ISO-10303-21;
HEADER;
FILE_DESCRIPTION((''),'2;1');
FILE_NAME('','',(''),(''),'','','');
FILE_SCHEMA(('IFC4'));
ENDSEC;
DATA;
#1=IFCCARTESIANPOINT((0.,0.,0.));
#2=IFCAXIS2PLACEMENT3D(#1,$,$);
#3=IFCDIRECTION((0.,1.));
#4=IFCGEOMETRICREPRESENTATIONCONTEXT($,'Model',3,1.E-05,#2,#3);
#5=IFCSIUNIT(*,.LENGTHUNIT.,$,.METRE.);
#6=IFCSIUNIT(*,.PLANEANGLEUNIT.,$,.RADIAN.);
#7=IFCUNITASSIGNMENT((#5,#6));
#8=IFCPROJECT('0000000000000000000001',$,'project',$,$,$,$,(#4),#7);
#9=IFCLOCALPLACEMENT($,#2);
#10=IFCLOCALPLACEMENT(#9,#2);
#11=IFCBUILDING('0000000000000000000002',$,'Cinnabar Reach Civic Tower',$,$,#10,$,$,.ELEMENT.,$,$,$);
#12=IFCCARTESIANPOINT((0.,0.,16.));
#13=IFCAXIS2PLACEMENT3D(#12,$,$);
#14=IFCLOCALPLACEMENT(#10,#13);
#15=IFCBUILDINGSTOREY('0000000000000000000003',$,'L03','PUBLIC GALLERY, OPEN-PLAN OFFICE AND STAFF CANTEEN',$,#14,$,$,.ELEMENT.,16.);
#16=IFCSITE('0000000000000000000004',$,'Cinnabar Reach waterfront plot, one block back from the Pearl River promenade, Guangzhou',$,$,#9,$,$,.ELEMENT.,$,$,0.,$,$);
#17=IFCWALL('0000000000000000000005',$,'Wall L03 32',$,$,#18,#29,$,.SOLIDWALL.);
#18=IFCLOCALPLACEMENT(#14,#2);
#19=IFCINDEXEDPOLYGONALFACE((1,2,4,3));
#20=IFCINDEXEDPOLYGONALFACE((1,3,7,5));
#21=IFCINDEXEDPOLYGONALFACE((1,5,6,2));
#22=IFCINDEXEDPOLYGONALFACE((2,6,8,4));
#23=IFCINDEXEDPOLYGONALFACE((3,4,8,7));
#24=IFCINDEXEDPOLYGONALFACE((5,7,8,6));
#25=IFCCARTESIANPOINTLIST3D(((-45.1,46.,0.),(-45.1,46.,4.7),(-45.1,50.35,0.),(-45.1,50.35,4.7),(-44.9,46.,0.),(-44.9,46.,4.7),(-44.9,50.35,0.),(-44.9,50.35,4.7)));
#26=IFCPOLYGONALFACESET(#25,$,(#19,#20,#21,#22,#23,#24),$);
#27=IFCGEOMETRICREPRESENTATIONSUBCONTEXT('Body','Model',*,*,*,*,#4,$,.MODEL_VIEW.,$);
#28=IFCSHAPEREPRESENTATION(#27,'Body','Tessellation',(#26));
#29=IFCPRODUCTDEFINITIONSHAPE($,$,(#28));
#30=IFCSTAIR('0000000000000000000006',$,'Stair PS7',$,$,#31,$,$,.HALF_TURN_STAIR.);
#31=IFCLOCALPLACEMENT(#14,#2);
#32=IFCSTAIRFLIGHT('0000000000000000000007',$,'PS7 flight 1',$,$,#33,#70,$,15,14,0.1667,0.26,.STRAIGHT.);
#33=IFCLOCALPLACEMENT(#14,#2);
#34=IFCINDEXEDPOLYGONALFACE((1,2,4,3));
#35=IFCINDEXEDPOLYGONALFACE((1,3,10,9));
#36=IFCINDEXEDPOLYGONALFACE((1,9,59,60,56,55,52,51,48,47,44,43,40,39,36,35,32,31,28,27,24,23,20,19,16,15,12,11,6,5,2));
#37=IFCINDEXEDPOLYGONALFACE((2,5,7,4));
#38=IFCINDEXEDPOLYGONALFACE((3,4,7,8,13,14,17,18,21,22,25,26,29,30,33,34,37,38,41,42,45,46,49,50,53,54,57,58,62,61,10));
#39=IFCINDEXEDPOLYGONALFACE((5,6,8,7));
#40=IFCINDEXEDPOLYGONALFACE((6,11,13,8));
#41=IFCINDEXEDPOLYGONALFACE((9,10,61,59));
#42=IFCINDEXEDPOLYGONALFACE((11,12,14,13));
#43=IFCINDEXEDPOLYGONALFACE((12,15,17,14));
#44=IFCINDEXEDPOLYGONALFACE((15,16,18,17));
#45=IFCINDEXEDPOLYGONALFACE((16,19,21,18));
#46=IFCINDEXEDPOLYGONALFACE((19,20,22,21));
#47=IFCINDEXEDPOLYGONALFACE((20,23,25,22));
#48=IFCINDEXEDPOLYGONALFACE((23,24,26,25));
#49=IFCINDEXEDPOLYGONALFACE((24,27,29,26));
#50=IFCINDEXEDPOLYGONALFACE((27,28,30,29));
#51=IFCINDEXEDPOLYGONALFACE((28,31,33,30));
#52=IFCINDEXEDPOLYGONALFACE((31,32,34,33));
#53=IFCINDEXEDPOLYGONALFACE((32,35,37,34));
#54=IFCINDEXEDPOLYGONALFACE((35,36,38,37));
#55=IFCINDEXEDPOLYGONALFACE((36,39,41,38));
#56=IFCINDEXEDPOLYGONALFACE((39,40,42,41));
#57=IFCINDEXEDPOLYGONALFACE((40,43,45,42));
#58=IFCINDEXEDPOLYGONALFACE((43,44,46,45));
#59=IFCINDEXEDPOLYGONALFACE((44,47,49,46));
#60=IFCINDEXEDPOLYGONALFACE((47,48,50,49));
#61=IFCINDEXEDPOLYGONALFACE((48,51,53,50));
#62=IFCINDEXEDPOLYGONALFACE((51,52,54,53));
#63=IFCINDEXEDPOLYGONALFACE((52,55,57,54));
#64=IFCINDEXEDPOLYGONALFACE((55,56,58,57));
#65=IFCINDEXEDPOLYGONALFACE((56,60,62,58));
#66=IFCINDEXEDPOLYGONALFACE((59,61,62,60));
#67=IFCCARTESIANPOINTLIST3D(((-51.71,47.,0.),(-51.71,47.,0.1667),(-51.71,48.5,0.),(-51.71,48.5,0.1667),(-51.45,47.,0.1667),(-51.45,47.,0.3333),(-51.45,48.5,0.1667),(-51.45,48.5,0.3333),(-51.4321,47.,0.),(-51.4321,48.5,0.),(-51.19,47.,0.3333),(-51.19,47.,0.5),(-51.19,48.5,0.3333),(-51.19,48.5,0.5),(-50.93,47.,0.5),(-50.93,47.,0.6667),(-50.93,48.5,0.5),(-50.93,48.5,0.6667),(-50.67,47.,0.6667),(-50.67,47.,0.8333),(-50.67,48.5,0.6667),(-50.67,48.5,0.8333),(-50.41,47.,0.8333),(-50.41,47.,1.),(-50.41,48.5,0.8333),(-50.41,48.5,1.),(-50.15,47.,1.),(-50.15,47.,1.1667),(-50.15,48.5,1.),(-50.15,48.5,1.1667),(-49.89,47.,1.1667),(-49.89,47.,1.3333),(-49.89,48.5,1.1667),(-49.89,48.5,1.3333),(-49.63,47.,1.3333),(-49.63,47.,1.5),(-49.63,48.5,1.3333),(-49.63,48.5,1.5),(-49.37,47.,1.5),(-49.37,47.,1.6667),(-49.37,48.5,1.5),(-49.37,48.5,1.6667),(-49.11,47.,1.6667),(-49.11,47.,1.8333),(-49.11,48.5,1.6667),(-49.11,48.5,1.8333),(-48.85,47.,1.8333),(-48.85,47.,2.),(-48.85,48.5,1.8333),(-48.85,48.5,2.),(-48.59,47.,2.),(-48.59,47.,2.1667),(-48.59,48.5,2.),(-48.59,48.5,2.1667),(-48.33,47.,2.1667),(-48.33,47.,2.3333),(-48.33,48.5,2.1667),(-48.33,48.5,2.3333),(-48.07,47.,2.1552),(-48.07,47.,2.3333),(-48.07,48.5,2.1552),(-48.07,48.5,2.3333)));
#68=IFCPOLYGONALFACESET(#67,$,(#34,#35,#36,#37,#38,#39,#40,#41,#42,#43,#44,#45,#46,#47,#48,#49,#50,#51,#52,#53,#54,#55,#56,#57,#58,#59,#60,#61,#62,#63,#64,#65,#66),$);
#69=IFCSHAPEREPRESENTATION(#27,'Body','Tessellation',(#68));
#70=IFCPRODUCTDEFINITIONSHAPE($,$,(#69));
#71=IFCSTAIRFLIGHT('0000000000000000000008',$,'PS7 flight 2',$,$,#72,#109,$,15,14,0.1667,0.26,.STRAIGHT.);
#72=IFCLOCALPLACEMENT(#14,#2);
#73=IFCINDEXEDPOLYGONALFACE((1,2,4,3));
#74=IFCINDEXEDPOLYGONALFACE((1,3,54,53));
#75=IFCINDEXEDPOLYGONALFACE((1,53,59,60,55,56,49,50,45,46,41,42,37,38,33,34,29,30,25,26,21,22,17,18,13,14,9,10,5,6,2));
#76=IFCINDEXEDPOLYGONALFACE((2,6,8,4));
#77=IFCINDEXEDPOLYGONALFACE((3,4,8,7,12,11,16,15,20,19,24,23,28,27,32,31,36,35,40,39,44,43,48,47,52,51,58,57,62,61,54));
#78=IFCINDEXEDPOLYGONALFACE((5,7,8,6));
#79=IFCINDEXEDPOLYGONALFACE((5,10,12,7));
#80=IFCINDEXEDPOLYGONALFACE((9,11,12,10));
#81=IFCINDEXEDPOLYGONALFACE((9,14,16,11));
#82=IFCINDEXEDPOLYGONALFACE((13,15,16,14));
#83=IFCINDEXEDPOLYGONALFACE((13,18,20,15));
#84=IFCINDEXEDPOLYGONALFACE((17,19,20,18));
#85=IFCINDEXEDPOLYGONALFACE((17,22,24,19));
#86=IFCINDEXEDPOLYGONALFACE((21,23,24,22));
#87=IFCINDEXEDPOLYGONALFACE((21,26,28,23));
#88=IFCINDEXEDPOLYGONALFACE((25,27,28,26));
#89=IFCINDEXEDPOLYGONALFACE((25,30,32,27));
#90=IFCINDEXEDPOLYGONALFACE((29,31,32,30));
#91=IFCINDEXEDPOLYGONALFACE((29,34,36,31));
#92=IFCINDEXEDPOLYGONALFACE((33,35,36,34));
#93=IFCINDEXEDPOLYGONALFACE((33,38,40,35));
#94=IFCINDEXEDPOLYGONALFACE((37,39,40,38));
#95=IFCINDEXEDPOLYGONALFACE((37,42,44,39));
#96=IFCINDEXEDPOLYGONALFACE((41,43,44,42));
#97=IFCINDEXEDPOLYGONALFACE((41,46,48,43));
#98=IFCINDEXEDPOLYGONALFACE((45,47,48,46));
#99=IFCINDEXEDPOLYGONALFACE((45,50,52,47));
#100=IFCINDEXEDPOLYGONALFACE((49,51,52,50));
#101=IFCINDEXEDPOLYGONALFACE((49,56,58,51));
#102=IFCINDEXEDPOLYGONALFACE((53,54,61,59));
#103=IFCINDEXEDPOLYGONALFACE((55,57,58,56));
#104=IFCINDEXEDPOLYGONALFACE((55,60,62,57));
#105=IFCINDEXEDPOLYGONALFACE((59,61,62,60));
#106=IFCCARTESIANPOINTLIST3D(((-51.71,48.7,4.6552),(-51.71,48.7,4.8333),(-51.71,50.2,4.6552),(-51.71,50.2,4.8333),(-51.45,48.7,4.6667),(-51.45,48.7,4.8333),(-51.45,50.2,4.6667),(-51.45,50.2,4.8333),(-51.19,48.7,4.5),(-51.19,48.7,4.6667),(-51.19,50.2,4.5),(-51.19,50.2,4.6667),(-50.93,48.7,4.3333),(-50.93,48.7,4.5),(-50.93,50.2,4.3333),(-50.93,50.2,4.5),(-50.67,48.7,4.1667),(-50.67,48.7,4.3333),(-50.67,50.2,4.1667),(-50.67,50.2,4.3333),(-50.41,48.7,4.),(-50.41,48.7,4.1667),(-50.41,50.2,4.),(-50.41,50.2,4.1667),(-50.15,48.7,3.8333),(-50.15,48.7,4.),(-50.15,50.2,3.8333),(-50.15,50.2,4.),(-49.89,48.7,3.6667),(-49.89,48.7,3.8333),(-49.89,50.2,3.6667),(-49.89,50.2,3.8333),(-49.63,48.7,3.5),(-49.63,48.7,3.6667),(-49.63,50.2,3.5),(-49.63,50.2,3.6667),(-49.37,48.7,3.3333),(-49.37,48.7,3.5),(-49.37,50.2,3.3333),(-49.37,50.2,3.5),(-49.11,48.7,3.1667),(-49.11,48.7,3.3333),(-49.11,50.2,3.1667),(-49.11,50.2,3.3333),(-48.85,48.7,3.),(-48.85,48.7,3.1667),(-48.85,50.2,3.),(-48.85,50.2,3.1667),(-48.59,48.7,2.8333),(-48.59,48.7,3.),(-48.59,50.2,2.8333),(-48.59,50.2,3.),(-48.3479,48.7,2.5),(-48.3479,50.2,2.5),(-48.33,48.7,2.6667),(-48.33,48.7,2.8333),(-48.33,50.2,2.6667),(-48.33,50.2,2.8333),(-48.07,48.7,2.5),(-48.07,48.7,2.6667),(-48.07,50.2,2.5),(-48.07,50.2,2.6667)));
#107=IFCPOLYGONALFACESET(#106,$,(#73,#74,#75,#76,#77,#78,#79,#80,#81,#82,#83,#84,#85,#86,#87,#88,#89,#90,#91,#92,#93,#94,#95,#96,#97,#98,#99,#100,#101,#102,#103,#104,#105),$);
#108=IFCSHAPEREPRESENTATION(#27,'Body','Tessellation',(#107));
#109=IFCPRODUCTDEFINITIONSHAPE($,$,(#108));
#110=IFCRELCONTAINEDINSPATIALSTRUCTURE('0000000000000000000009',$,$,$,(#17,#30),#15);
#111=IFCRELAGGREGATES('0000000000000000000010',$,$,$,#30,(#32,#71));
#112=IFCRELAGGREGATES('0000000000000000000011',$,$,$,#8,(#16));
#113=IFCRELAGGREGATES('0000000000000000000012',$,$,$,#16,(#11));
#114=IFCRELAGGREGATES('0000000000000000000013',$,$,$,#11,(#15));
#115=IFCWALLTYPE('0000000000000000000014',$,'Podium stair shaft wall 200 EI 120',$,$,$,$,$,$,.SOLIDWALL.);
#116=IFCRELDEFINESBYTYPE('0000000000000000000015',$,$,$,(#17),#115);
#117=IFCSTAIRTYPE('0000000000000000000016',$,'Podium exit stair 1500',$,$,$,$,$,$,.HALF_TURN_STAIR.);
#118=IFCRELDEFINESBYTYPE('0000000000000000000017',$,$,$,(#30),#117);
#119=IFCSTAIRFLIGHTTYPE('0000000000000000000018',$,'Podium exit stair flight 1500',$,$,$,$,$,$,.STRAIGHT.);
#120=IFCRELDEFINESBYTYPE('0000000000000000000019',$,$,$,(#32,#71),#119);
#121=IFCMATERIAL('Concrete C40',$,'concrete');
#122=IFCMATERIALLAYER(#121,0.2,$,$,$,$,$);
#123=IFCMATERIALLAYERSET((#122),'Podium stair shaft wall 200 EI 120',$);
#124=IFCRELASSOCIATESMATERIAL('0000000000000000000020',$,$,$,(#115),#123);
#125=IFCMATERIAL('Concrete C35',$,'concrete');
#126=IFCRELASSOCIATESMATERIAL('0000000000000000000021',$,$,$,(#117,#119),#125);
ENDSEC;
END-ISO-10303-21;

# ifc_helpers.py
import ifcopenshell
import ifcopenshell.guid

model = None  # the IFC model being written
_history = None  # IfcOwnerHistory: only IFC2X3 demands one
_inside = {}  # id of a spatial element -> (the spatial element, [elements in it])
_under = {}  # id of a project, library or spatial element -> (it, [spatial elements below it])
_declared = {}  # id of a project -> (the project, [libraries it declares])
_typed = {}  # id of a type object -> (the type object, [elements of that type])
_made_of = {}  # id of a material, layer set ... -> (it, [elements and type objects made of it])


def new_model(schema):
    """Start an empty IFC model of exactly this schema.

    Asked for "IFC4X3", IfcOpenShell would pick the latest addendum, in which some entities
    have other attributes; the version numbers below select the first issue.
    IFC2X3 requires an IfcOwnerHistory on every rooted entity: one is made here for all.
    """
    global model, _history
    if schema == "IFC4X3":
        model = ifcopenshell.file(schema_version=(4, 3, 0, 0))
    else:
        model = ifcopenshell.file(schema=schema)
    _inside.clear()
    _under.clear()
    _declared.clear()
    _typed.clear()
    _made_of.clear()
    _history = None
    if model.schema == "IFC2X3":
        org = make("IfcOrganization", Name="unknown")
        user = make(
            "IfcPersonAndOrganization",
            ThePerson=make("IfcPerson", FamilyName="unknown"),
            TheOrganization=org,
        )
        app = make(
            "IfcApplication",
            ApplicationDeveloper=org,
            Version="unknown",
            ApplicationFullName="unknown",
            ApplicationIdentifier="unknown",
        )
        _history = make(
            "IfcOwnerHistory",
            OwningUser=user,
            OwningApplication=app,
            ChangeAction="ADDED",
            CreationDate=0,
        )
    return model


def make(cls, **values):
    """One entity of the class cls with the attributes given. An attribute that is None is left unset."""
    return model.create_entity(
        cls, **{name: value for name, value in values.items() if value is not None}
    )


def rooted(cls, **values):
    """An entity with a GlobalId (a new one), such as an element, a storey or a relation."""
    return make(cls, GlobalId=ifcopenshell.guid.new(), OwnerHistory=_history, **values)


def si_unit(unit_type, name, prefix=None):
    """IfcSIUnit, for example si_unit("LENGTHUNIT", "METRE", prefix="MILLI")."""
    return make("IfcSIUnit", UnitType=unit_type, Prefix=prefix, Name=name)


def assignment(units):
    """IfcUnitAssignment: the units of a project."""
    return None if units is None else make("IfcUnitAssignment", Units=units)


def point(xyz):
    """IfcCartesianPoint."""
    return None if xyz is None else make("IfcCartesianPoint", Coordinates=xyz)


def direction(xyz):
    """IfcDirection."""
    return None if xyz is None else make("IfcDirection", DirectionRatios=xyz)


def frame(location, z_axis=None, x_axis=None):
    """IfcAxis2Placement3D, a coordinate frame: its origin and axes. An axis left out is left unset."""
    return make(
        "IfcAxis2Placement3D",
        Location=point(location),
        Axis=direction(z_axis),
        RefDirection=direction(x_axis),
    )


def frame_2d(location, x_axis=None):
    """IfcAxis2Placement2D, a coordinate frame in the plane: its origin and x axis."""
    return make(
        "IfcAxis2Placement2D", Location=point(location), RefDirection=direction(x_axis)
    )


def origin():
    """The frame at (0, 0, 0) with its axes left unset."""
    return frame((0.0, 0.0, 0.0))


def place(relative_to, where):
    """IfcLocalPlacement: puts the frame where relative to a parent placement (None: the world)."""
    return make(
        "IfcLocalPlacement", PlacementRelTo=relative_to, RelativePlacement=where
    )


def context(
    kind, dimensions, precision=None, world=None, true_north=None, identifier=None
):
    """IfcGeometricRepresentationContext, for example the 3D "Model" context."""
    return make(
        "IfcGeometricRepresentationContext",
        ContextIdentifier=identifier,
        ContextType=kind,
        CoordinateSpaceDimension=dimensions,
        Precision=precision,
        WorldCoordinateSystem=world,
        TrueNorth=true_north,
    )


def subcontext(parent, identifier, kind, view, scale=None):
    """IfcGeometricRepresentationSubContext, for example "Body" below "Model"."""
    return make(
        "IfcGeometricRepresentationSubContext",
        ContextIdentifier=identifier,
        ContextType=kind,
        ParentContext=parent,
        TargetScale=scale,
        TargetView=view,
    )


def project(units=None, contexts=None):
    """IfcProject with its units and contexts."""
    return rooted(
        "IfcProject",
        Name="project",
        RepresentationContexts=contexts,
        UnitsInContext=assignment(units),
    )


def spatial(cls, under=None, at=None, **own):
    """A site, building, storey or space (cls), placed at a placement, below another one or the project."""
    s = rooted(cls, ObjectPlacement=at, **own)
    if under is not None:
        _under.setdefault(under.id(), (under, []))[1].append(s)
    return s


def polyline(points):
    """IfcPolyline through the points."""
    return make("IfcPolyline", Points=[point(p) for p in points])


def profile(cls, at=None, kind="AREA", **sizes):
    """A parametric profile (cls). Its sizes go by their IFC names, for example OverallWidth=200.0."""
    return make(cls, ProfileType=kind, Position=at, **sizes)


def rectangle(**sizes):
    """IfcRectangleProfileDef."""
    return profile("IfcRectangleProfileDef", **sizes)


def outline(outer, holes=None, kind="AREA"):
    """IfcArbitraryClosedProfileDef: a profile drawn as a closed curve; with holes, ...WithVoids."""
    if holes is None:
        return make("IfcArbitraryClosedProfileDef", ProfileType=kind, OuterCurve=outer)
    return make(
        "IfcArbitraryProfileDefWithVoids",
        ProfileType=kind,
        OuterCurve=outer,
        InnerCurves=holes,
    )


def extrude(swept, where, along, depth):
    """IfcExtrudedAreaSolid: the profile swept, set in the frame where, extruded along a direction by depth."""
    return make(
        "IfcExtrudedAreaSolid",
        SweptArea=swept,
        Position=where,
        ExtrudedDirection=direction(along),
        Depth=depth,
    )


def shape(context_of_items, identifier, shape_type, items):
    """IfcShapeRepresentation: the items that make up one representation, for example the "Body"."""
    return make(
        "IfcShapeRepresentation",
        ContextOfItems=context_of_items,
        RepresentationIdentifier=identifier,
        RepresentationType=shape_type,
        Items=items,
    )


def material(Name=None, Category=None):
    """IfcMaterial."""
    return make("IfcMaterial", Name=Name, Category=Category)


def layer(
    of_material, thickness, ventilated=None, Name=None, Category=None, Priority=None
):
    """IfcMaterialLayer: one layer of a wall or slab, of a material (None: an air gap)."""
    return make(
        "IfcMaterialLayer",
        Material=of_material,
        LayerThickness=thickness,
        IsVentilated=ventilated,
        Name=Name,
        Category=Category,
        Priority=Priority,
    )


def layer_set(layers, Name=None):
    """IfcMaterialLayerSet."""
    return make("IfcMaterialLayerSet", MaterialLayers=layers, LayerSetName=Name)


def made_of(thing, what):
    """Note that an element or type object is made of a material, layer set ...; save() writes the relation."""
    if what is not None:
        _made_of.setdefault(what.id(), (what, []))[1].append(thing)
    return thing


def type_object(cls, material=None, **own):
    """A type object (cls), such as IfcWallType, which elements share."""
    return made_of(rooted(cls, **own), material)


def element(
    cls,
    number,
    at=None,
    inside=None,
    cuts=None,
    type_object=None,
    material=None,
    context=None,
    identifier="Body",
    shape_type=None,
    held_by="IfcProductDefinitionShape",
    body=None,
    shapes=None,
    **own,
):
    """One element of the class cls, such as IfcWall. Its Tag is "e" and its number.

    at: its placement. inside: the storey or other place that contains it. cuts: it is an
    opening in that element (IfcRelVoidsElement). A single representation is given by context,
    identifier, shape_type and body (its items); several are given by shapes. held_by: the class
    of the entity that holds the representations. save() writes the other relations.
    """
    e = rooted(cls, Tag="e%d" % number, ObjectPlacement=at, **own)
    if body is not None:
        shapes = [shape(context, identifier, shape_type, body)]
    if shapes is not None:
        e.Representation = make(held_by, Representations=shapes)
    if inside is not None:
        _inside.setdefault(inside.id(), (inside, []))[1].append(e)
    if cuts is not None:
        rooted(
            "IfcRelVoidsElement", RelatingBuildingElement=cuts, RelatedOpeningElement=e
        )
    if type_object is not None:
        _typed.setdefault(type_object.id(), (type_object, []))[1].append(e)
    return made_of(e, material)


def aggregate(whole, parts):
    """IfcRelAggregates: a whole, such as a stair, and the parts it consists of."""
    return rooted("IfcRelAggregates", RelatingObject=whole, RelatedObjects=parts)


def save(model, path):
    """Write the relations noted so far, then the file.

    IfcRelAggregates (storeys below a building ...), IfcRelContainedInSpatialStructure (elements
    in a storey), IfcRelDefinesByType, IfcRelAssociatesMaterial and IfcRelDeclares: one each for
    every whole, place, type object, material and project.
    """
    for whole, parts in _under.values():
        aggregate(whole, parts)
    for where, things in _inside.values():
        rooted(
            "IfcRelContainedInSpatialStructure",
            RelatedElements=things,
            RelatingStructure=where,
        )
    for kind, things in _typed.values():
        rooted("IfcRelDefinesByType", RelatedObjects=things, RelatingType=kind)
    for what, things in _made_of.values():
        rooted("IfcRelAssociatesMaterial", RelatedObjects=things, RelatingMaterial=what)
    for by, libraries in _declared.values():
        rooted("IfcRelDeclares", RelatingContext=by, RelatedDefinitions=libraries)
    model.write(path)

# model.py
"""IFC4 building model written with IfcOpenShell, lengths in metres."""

from ifc_helpers import new_model, si_unit, direction, frame, frame_2d, origin, place, context, subcontext, project, spatial, polyline, rectangle, outline, extrude, material, layer, layer_set, type_object, element, aggregate, save


model = new_model("IFC4")

# Units and contexts
model_context = context("Model", 3, precision=1e-05, world=origin(), true_north=direction((0.0, 1.0)))
body_context = subcontext(model_context, "Body", "Model", "MODEL_VIEW")
ifc_project = project(units=[si_unit("LENGTHUNIT", "METRE"), si_unit("PLANEANGLEUNIT", "RADIAN")], contexts=[model_context])

# Site, building, storey
site_placement = place(None, origin())
site = spatial("IfcSite", under=ifc_project, at=site_placement, Name="Cinnabar Reach waterfront plot, one block back from the Pearl River promenade, Guangzhou", CompositionType="ELEMENT", RefElevation=0.0)
building_placement = place(site_placement, origin())
building = spatial("IfcBuilding", under=site, at=building_placement, Name="Cinnabar Reach Civic Tower", CompositionType="ELEMENT")
storey_placement = place(building_placement, frame((0.0, 0.0, 16.0)))
storey = spatial("IfcBuildingStorey", under=building, at=storey_placement, Name="L03", Description="PUBLIC GALLERY, OPEN-PLAN OFFICE AND STAFF CANTEEN", CompositionType="ELEMENT", Elevation=16.0)

# Shared definitions
ifc_material_1 = material(Name="Concrete C40", Category="concrete")
ifc_layer_1 = layer(ifc_material_1, 0.2)
ifc_layer_set_1 = layer_set([ifc_layer_1], Name="Podium stair shaft wall 200 EI 120")
wall_type_1 = type_object("IfcWallType", Name="Podium stair shaft wall 200 EI 120", PredefinedType="SOLIDWALL", material=ifc_layer_set_1)

# Wall
wall_1_placement = place(storey_placement, frame((-45.0, 46.0, 0.0), z_axis=(0.0, 0.0, 1.0), x_axis=(0.0, 1.0, 0.0)))
element("IfcWall", 1, at=wall_1_placement, inside=storey, type_object=wall_type_1, Name="Wall L03 32", PredefinedType="SOLIDWALL", context=body_context, shape_type="SweptSolid", body=[
    extrude(rectangle(XDim=4.35, YDim=0.2, at=frame_2d((2.175, 0.0))), origin(), (0.0, 0.0, 1.0), 4.7),
])

# Stair, stair flights
ifc_material_2 = material(Name="Concrete C35", Category="concrete")
stair_type = type_object("IfcStairType", Name="Podium exit stair 1500", PredefinedType="HALF_TURN_STAIR", material=ifc_material_2)
stair_placement = place(storey_placement, origin())
stair = element("IfcStair", 2, at=stair_placement, inside=storey, type_object=stair_type, Name="Stair PS7", PredefinedType="HALF_TURN_STAIR")
stair_flight_type = type_object("IfcStairFlightType", Name="Podium exit stair flight 1500", PredefinedType="STRAIGHT", material=ifc_material_2)
stair_flight_1_placement = place(storey_placement, frame((-51.71, 47.75, 0.0), z_axis=(0.0, 0.0, 1.0), x_axis=(1.0, 0.0, 0.0)))
stair_flight_1 = element("IfcStairFlight", 3, at=stair_flight_1_placement, type_object=stair_flight_type, Name="PS7 flight 1", NumberOfRisers=15, NumberOfTreads=14, PredefinedType="STRAIGHT", RiserHeight=0.1667, TreadLength=0.26, context=body_context, shape_type="SweptSolid", body=[
    extrude(outline(polyline([(0.0, 0.0), (0.0, 0.1667), (0.26, 0.1667), (0.26, 0.3333), (0.52, 0.3333), (0.52, 0.5), (0.78, 0.5), (0.78, 0.6667), (1.04, 0.6667), (1.04, 0.8333), (1.3, 0.8333), (1.3, 1.0), (1.56, 1.0), (1.56, 1.1667), (1.82, 1.1667), (1.82, 1.3333), (2.08, 1.3333), (2.08, 1.5), (2.34, 1.5), (2.34, 1.6667), (2.6, 1.6667), (2.6, 1.8333), (2.86, 1.8333), (2.86, 2.0), (3.12, 2.0), (3.12, 2.1667), (3.38, 2.1667), (3.38, 2.3333), (3.64, 2.3333), (3.64, 2.5), (3.64, 2.1552), (0.2779, 0.0), (0.0, 0.0)])), frame((0.0, 0.75, 0.0), z_axis=(0.0, -1.0, 0.0), x_axis=(1.0, 0.0, 0.0)), (0.0, 0.0, 1.0), 1.5),
])
stair_flight_2_placement = place(storey_placement, frame((-48.07, 49.45, 2.5), z_axis=(0.0, 0.0, 1.0), x_axis=(-1.0, 0.0, 0.0)))
stair_flight_2 = element("IfcStairFlight", 4, at=stair_flight_2_placement, type_object=stair_flight_type, Name="PS7 flight 2", NumberOfRisers=15, NumberOfTreads=14, PredefinedType="STRAIGHT", RiserHeight=0.1667, TreadLength=0.26, context=body_context, shape_type="SweptSolid", body=[
    extrude(outline(polyline([(0.0, 0.0), (0.0, 0.1667), (0.26, 0.1667), (0.26, 0.3333), (0.52, 0.3333), (0.52, 0.5), (0.78, 0.5), (0.78, 0.6667), (1.04, 0.6667), (1.04, 0.8333), (1.3, 0.8333), (1.3, 1.0), (1.56, 1.0), (1.56, 1.1667), (1.82, 1.1667), (1.82, 1.3333), (2.08, 1.3333), (2.08, 1.5), (2.34, 1.5), (2.34, 1.6667), (2.6, 1.6667), (2.6, 1.8333), (2.86, 1.8333), (2.86, 2.0), (3.12, 2.0), (3.12, 2.1667), (3.38, 2.1667), (3.38, 2.3333), (3.64, 2.3333), (3.64, 2.5), (3.64, 2.1552), (0.2779, 0.0), (0.0, 0.0)])), frame((0.0, 0.75, 0.0), z_axis=(0.0, -1.0, 0.0), x_axis=(1.0, 0.0, 0.0)), (0.0, 0.0, 1.0), 1.5),
])
aggregate(stair, [stair_flight_1, stair_flight_2])

save(model, "model.ifc")
